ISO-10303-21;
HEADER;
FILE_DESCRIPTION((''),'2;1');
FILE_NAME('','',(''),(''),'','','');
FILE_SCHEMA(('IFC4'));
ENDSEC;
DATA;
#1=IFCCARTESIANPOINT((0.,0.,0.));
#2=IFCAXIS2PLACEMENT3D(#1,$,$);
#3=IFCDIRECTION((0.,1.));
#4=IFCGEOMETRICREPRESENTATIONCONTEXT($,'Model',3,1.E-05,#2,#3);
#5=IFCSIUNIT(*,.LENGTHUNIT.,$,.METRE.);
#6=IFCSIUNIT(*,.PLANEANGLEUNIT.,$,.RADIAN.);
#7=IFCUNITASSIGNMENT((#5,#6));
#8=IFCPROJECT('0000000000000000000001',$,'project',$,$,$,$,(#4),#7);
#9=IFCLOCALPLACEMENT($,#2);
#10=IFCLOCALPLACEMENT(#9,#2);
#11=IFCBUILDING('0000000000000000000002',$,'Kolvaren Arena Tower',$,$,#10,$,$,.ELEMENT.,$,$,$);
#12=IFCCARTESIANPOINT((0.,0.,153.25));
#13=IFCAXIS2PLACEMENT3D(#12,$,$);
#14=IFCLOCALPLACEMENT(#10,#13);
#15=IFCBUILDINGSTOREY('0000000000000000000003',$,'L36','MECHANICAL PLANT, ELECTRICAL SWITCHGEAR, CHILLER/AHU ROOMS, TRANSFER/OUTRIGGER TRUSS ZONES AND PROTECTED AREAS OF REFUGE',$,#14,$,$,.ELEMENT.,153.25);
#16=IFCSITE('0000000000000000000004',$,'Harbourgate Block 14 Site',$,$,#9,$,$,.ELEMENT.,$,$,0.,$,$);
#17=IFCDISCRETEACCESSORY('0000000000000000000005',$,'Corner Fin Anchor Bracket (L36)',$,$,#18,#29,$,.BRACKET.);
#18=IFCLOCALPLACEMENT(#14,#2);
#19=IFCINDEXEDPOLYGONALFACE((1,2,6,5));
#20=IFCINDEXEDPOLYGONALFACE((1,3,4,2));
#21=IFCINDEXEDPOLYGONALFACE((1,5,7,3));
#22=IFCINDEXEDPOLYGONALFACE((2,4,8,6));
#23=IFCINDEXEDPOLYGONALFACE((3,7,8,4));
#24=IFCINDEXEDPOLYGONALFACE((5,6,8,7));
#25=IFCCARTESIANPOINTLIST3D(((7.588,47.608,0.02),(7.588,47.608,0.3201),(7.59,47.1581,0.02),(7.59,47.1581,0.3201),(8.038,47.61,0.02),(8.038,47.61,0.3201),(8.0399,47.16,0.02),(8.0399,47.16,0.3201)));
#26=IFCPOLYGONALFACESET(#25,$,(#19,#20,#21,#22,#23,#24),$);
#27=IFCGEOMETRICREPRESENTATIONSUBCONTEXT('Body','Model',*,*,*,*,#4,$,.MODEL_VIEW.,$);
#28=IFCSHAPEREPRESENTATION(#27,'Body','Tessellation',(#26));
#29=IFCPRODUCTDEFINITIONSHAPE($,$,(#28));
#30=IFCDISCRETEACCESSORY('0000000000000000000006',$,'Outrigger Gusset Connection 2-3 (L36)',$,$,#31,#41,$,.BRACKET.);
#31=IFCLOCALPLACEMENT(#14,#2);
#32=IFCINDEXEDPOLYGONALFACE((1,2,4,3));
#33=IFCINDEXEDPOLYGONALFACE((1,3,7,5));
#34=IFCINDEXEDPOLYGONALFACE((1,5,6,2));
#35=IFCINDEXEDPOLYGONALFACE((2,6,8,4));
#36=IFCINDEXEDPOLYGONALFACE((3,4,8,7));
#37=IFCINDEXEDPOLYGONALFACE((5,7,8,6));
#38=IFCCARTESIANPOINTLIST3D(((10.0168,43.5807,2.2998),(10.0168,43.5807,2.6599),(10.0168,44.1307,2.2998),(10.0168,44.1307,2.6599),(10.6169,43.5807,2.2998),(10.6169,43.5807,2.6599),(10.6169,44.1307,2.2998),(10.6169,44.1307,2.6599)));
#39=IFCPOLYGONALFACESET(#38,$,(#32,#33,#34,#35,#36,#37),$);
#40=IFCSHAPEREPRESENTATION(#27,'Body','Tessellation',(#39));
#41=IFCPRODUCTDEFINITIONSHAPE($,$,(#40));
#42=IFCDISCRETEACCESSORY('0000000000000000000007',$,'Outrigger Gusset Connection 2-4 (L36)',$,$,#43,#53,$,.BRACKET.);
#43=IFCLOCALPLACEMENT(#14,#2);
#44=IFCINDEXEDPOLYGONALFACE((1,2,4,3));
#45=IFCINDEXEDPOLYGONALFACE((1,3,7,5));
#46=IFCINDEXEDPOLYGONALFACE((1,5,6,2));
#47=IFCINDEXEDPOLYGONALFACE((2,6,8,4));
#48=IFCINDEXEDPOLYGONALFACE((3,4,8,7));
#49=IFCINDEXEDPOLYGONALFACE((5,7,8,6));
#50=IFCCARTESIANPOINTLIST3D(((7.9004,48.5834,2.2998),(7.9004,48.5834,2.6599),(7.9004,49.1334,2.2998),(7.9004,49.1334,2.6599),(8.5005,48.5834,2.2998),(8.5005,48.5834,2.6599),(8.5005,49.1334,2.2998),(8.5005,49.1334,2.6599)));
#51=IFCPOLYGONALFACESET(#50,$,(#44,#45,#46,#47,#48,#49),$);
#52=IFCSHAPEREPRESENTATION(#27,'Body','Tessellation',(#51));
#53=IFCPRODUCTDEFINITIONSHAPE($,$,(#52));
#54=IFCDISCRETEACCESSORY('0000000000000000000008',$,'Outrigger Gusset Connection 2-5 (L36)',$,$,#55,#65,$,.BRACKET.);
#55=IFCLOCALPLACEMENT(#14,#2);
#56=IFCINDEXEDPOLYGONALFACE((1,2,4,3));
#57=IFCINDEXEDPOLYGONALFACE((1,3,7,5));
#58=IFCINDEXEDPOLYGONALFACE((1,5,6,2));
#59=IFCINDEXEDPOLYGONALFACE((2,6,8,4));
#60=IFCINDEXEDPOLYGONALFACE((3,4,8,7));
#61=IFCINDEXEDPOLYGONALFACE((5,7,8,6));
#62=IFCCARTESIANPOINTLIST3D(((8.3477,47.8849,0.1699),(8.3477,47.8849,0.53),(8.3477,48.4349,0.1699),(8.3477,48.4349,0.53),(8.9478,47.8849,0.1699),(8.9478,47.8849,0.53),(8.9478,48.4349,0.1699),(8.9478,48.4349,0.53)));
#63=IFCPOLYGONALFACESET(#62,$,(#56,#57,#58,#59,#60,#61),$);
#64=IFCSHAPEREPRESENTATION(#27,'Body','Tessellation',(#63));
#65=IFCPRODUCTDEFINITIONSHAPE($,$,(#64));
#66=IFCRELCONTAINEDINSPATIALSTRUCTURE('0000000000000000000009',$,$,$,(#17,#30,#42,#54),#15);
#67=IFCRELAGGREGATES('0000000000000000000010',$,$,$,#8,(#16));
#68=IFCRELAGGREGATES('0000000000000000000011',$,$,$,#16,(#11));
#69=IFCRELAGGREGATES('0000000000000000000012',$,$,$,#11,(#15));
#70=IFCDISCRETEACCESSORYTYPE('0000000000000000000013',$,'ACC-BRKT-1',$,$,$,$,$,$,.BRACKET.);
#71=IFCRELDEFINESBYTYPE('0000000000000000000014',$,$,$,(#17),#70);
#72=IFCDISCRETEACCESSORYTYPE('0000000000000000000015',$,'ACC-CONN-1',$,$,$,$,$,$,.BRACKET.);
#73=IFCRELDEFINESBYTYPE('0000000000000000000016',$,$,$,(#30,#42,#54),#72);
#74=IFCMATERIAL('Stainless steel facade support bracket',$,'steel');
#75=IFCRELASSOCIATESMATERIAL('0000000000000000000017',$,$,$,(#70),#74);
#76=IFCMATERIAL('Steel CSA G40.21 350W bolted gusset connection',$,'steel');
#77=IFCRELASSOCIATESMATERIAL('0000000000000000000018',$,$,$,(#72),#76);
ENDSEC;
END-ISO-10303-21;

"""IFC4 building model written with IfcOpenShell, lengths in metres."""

from ifc_helpers import new_model, si_unit, direction, frame, origin, origin_2d, place, context, subcontext, project, spatial, rectangle, extrude, material, type_object, element, save


model = new_model("IFC4")

# Units and contexts
model_context = context("Model", 3, precision=1e-05, world=origin(), true_north=direction((0.0, 1.0)))
body_context = subcontext(model_context, "Body", "Model", "MODEL_VIEW")
ifc_project = project(units=[si_unit("LENGTHUNIT", "METRE"), si_unit("PLANEANGLEUNIT", "RADIAN")], contexts=[model_context])

# Site, building, storey
site_placement = place(None, origin())
site = spatial("IfcSite", under=ifc_project, at=site_placement, Name="Harbourgate Block 14 Site", CompositionType="ELEMENT", RefElevation=0.0)
building_placement = place(site_placement, origin())
building = spatial("IfcBuilding", under=site, at=building_placement, Name="Kolvaren Arena Tower", CompositionType="ELEMENT")
storey_placement = place(building_placement, frame((0.0, 0.0, 153.25)))
storey = spatial("IfcBuildingStorey", under=building, at=storey_placement, Name="L36", Description="MECHANICAL PLANT, ELECTRICAL SWITCHGEAR, CHILLER/AHU ROOMS, TRANSFER/OUTRIGGER TRUSS ZONES AND PROTECTED AREAS OF REFUGE", CompositionType="ELEMENT", Elevation=153.25)

# Discrete accessories
ifc_material_1 = material(Name="Stainless steel facade support bracket", Category="steel")
discrete_accessory_type_1 = type_object("IfcDiscreteAccessoryType", Name="ACC-BRKT-1", PredefinedType="BRACKET", material=ifc_material_1)
for number, where, z_axis, x_axis, name in (
    (1, (7.814, 47.384, 0.02), (0.0, 0.0, 1.0), (-0.999991, -0.004349, 0.0), "Corner Fin Anchor Bracket (L36)"),
):
    element("IfcDiscreteAccessory", number, at=place(storey_placement, frame(where, z_axis=z_axis, x_axis=x_axis)), inside=storey, type_object=discrete_accessory_type_1, Name=name, PredefinedType="BRACKET", context=body_context, shape_type="SweptSolid", body=[
        extrude(rectangle(XDim=0.45, YDim=0.45, at=origin_2d()), origin(), (0.0, 0.0, 1.0), 0.3),
    ])
ifc_material_2 = material(Name="Steel CSA G40.21 350W bolted gusset connection", Category="steel")
discrete_accessory_type_2 = type_object("IfcDiscreteAccessoryType", Name="ACC-CONN-1", PredefinedType="BRACKET", material=ifc_material_2)
for number, where, z_axis, x_axis, name in (
    (2, (10.3169, 43.8557, 2.2998), (0.0, 0.0, 1.0), (1.0, 0.0, 0.0), "Outrigger Gusset Connection 2-3 (L36)"),
    (3, (8.2004, 48.8584, 2.2998), (0.0, 0.0, 1.0), (1.0, 0.0, 0.0), "Outrigger Gusset Connection 2-4 (L36)"),
    (4, (8.6477, 48.1599, 0.1699), (0.0, 0.0, 1.0), (1.0, 0.0, 0.0), "Outrigger Gusset Connection 2-5 (L36)"),
):
    element("IfcDiscreteAccessory", number, at=place(storey_placement, frame(where, z_axis=z_axis, x_axis=x_axis)), inside=storey, type_object=discrete_accessory_type_2, Name=name, PredefinedType="BRACKET", context=body_context, shape_type="SweptSolid", body=[
        extrude(rectangle(XDim=0.6001, YDim=0.55, at=origin_2d()), origin(), (0.0, 0.0, 1.0), 0.3601),
    ])

save(model, "model.ifc")
